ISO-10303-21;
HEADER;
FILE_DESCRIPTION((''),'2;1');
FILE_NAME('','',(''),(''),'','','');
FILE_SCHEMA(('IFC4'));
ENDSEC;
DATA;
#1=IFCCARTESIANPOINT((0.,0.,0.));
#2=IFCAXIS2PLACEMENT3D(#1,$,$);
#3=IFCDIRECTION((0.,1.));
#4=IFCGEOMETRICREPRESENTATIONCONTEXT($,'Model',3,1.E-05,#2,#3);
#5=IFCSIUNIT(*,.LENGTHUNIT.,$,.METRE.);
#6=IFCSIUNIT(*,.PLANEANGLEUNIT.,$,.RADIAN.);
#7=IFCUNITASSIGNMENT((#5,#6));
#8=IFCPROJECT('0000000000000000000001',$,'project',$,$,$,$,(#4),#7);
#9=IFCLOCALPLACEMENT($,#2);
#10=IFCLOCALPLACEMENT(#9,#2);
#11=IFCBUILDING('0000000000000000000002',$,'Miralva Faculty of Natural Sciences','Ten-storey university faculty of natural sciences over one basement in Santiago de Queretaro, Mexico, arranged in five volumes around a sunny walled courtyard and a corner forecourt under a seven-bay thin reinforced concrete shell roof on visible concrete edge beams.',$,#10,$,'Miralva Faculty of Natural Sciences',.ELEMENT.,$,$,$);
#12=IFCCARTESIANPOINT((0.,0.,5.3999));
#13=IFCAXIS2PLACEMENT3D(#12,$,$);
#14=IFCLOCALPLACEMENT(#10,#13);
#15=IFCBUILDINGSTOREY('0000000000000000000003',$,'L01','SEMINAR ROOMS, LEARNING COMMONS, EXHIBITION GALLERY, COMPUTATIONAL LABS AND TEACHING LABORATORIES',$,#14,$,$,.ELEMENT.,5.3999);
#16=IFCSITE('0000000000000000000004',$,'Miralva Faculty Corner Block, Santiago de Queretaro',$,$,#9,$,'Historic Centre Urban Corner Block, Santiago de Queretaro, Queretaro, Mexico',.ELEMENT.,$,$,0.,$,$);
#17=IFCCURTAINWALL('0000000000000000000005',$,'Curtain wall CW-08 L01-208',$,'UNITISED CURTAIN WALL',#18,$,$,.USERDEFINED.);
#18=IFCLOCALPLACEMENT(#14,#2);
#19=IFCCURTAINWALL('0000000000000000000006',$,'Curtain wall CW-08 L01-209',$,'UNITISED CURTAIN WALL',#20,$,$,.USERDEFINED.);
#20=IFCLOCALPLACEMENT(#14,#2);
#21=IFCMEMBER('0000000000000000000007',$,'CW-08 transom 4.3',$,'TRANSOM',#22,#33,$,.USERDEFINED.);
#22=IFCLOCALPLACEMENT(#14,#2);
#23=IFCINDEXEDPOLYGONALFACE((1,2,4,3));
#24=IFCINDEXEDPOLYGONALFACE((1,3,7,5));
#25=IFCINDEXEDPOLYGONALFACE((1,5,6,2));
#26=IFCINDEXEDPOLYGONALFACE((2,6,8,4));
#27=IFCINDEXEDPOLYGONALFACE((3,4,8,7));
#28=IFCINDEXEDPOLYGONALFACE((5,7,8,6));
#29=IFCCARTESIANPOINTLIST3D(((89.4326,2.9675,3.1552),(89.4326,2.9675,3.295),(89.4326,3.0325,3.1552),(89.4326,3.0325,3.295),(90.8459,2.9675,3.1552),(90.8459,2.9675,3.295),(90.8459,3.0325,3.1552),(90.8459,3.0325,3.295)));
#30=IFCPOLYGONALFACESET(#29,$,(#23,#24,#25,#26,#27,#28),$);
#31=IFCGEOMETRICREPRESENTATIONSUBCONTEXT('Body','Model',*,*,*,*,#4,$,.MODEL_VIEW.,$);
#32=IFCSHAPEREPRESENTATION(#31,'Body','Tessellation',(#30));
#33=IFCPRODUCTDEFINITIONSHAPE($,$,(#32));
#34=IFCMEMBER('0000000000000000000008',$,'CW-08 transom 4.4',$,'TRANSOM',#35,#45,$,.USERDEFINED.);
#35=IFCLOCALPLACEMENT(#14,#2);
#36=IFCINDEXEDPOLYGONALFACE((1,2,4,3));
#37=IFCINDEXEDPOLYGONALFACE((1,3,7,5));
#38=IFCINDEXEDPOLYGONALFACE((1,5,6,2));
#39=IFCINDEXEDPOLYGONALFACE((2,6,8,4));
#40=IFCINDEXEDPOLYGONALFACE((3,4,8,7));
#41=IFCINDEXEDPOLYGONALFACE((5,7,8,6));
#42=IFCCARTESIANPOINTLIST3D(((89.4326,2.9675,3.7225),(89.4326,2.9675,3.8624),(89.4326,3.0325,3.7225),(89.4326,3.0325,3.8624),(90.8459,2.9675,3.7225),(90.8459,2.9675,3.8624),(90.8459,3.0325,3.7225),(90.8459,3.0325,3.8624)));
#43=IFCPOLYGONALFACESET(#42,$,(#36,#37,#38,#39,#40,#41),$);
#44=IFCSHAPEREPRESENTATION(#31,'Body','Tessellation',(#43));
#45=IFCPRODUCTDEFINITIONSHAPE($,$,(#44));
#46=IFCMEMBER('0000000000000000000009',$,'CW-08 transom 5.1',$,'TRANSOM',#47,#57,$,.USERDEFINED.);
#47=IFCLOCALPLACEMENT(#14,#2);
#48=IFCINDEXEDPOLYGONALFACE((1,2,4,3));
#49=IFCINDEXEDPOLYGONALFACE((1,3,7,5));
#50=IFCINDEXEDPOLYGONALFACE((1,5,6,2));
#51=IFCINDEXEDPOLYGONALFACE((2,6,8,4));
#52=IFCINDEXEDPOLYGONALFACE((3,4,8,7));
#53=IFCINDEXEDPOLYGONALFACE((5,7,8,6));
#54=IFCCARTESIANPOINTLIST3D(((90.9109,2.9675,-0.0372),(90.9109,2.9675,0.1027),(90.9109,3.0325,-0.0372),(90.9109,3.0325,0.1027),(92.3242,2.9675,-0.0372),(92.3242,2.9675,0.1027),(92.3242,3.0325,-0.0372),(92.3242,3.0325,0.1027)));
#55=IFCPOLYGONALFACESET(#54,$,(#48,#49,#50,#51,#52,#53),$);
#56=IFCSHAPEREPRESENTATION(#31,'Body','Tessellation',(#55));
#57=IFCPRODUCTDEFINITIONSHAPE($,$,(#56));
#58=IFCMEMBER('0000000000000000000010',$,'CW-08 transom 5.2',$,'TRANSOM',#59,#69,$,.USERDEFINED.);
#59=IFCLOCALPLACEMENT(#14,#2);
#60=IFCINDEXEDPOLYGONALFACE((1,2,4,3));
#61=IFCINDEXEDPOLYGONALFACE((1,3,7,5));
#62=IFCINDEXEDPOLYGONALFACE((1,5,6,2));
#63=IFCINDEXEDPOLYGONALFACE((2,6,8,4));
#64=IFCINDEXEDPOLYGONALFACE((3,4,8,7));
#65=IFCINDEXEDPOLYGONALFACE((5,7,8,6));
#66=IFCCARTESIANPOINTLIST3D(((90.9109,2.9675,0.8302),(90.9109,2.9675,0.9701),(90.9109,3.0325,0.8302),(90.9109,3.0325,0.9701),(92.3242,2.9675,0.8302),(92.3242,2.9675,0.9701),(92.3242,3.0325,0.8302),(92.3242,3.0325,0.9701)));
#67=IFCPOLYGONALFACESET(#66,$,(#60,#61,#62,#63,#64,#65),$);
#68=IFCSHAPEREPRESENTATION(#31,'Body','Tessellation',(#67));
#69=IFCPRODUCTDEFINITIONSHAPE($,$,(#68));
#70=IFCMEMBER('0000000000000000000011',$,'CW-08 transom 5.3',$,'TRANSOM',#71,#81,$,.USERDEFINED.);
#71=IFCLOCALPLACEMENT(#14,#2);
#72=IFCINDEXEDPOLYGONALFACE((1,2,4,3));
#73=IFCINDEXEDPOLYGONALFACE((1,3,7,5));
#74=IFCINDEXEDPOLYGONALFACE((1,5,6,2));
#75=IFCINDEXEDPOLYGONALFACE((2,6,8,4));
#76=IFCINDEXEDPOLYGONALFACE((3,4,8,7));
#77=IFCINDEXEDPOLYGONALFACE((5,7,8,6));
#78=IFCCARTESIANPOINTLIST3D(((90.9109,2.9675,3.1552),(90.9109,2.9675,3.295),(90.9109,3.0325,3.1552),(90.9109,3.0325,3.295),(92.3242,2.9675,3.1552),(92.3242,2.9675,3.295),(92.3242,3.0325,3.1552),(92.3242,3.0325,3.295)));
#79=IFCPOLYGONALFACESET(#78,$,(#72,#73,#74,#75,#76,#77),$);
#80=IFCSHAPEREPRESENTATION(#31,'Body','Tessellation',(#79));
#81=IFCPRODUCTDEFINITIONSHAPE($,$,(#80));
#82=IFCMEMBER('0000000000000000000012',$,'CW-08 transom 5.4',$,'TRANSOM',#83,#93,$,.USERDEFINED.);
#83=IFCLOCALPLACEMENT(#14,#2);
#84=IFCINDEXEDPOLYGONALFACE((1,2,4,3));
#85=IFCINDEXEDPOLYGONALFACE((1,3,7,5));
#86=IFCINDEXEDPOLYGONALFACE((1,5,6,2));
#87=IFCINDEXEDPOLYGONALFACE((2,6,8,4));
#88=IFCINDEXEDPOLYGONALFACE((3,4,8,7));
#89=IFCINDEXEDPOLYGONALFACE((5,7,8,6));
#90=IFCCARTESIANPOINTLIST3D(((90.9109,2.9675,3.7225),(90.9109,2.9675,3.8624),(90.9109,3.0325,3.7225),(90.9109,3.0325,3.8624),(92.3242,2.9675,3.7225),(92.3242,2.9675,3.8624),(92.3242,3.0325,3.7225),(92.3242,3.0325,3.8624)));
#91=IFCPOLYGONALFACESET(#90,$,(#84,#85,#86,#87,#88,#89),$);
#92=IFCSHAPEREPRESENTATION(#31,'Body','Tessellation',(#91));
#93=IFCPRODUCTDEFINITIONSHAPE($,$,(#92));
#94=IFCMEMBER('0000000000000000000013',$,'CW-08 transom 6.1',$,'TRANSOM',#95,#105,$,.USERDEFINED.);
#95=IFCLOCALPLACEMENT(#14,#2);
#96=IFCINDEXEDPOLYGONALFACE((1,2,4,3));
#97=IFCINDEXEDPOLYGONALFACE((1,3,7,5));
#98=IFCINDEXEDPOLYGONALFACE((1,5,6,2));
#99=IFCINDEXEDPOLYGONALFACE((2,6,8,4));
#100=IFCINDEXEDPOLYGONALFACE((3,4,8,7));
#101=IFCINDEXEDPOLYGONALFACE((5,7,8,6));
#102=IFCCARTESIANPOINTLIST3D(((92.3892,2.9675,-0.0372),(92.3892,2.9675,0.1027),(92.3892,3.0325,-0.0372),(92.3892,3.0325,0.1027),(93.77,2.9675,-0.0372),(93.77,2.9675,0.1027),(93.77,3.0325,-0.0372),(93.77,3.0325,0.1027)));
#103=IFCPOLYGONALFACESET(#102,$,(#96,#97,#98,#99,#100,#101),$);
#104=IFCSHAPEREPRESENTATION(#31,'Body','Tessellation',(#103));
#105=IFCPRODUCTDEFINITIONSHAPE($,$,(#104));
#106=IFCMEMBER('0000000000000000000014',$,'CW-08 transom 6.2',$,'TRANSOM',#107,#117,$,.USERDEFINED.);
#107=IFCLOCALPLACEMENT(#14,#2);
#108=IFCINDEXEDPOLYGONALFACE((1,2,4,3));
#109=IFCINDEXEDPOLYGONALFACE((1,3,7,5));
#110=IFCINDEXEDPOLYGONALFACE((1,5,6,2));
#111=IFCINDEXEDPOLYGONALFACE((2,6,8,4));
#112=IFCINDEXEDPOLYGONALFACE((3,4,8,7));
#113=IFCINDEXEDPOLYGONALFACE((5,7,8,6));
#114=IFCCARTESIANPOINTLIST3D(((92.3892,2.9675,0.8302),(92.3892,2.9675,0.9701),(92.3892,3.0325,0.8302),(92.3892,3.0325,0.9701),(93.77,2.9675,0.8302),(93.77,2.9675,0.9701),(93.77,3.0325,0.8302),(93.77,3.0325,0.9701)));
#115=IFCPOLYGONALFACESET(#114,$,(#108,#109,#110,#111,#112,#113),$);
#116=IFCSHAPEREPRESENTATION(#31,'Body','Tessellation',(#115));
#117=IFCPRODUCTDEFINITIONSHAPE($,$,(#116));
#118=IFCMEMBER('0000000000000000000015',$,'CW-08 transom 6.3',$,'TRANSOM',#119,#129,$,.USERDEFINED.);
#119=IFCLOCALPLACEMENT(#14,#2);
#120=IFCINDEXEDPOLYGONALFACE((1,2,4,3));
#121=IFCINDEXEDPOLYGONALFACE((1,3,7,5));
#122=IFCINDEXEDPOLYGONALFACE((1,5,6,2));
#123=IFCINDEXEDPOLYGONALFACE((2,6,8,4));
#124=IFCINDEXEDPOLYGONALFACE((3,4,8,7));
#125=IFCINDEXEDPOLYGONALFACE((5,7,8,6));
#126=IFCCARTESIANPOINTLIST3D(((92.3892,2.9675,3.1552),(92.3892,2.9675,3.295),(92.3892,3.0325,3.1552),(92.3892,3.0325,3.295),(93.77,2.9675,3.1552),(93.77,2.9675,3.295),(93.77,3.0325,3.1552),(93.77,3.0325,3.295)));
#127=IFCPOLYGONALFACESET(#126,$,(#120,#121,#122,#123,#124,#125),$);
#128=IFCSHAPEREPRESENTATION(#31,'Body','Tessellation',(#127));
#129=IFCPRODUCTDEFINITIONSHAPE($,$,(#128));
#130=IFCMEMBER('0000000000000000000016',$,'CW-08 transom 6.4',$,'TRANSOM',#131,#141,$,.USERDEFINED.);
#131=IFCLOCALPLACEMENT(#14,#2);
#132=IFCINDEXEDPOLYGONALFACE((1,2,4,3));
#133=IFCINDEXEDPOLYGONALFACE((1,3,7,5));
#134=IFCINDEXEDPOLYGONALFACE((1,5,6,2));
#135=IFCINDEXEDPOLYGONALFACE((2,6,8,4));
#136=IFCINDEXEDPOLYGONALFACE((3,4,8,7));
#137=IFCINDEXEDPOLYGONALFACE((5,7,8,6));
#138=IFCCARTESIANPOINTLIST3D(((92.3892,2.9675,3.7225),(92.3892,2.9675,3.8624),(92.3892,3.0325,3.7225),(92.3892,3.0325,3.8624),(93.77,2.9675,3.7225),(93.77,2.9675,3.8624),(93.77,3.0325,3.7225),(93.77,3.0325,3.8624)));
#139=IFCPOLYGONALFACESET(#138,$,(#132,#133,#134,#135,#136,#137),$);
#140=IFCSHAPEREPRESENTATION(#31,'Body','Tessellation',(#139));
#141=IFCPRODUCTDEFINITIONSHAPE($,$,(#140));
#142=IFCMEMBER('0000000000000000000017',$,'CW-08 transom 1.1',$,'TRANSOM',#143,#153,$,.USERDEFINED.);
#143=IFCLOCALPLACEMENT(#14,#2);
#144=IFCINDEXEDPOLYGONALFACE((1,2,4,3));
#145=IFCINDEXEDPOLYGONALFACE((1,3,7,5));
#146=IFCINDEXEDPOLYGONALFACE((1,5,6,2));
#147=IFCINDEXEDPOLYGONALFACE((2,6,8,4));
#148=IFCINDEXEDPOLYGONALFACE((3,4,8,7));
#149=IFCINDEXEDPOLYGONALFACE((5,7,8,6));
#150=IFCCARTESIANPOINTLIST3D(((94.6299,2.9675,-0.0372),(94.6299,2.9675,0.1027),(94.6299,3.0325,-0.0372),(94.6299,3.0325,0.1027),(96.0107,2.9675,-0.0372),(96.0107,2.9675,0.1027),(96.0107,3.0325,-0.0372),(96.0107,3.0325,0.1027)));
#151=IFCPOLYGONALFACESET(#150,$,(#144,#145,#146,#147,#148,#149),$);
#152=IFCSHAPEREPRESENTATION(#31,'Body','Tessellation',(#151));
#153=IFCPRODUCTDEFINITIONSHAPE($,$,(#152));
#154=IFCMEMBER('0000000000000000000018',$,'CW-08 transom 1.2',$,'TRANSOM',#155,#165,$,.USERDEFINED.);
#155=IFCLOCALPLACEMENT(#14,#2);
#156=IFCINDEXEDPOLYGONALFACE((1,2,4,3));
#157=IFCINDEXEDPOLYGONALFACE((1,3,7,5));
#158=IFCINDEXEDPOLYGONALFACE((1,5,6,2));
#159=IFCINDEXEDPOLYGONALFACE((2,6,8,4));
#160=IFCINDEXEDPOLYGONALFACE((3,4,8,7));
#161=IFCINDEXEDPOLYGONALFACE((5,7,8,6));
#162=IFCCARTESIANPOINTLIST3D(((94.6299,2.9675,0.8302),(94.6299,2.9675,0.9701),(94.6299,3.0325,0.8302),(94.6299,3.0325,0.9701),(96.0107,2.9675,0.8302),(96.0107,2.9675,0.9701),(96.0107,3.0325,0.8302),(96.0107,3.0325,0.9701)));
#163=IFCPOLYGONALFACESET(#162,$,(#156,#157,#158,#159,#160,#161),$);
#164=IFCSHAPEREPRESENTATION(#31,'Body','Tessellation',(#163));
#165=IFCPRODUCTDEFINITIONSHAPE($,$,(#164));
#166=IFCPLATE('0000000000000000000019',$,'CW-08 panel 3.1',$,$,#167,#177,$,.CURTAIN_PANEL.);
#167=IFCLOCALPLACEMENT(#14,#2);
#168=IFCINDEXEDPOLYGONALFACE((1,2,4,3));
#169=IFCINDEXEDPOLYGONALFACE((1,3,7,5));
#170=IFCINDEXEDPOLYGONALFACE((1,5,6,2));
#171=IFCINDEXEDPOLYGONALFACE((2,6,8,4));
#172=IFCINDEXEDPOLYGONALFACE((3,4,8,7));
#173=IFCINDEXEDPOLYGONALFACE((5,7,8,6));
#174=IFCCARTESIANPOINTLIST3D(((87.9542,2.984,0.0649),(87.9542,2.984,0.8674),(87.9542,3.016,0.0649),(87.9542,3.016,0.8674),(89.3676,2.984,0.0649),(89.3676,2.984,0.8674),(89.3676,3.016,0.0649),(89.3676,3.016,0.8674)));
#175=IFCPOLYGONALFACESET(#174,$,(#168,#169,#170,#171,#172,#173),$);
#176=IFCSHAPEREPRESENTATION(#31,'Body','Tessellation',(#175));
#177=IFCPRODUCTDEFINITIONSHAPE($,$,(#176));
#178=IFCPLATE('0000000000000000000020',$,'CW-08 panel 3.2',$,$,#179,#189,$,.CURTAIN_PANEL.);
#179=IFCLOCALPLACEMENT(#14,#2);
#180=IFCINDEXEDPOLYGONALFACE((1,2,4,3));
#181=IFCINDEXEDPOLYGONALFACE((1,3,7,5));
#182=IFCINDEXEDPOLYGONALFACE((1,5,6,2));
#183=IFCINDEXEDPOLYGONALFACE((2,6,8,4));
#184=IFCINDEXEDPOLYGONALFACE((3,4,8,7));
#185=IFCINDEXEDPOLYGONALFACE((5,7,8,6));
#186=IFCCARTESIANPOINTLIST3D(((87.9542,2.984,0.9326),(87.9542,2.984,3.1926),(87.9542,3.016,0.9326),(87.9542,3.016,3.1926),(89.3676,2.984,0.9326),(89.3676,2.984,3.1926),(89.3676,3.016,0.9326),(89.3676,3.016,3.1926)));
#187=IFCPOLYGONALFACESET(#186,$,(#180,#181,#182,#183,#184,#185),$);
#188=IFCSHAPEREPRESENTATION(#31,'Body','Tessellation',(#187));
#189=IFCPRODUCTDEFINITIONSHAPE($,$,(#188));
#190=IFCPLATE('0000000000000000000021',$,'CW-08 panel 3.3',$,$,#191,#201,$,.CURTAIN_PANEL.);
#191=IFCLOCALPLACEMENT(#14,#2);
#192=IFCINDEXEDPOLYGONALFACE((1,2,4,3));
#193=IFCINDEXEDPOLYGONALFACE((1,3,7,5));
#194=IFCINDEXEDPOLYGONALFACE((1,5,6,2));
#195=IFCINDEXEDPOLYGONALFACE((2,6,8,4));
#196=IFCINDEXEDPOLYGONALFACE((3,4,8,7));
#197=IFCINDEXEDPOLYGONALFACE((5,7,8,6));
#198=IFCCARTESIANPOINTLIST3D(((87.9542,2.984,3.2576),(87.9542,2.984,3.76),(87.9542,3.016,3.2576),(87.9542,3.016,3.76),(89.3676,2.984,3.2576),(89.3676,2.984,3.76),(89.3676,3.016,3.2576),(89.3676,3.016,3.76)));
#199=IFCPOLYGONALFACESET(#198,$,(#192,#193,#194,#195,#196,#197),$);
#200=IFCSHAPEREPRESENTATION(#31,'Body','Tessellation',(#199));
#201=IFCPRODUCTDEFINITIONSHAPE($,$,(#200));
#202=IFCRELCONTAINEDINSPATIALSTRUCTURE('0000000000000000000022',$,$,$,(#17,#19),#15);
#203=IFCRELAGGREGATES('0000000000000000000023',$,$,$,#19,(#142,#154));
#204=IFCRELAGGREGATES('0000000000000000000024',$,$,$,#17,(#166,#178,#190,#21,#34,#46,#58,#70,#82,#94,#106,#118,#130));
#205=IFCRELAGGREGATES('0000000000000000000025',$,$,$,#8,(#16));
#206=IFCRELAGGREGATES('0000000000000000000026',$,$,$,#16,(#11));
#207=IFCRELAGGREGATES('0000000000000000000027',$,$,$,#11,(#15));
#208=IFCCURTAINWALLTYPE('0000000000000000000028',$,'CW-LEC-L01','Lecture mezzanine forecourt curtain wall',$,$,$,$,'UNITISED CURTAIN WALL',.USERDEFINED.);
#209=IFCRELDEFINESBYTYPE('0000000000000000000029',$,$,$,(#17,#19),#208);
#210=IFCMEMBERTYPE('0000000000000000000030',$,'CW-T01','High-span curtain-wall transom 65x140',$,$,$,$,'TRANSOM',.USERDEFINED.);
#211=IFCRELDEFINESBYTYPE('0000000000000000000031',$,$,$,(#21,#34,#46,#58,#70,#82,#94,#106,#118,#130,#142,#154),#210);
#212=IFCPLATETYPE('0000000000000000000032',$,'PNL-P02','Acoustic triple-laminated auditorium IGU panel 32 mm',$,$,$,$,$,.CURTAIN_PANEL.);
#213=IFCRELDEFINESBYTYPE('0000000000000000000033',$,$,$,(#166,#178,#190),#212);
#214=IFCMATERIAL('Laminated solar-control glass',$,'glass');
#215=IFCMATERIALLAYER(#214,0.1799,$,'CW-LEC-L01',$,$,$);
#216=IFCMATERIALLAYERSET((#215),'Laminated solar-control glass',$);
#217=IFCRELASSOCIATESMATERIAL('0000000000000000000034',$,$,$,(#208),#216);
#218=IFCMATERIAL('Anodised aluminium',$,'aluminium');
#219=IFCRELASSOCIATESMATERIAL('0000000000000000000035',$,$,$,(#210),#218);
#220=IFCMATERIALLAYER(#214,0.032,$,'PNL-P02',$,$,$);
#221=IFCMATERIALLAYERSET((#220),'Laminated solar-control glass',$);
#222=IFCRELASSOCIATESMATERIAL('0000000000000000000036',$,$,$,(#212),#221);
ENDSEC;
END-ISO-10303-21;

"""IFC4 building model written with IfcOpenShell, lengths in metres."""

from ifc_helpers import new_model, si_unit, direction, frame, origin, origin_2d, place, context, subcontext, project, spatial, rectangle, extrude, material, layer, layer_set, material_profile, profile_set, type_object, element, aggregate, save


model = new_model("IFC4")

# Units and contexts
model_context = context("Model", 3, precision=1e-05, world=origin(), true_north=direction((0.0, 1.0)))
body_context = subcontext(model_context, "Body", "Model", "MODEL_VIEW")
ifc_project = project(units=[si_unit("LENGTHUNIT", "METRE"), si_unit("PLANEANGLEUNIT", "RADIAN")], contexts=[model_context])

# Site, building, storey
site_placement = place(None, origin())
site = spatial("IfcSite", under=ifc_project, at=site_placement, Name="Miralva Faculty Corner Block, Santiago de Queretaro", LongName="Historic Centre Urban Corner Block, Santiago de Queretaro, Queretaro, Mexico", CompositionType="ELEMENT", RefElevation=0.0)
building_placement = place(site_placement, origin())
building = spatial("IfcBuilding", under=site, at=building_placement, Name="Miralva Faculty of Natural Sciences", Description="Ten-storey university faculty of natural sciences over one basement in Santiago de Queretaro, Mexico, arranged in five volumes around a sunny walled courtyard and a corner forecourt under a seven-bay thin reinforced concrete shell roof on visible concrete edge beams.", LongName="Miralva Faculty of Natural Sciences", CompositionType="ELEMENT")
storey_placement = place(building_placement, frame((0.0, 0.0, 5.3999)))
storey = spatial("IfcBuildingStorey", under=building, at=storey_placement, Name="L01", Description="SEMINAR ROOMS, LEARNING COMMONS, EXHIBITION GALLERY, COMPUTATIONAL LABS AND TEACHING LABORATORIES", CompositionType="ELEMENT", Elevation=5.3999)

# Curtain wall
ifc_material_1 = material(Name="Laminated solar-control glass", Category="glass")
ifc_layer_1 = layer(ifc_material_1, 0.1799, Name="CW-LEC-L01")
ifc_layer_set_1 = layer_set([ifc_layer_1], Name="Laminated solar-control glass")
curtain_wall_type = type_object("IfcCurtainWallType", Name="CW-LEC-L01", Description="Lecture mezzanine forecourt curtain wall", ElementType="UNITISED CURTAIN WALL", PredefinedType="USERDEFINED", material=ifc_layer_set_1)
curtain_wall_1_placement = place(storey_placement, origin())
curtain_wall_1 = element("IfcCurtainWall", 1, at=curtain_wall_1_placement, inside=storey, type_object=curtain_wall_type, Name="Curtain wall CW-08 L01-208", ObjectType="UNITISED CURTAIN WALL", PredefinedType="USERDEFINED")
ifc_material_2 = material(Name="Anodised aluminium", Category="aluminium")

# Curtain wall
curtain_wall_2_placement = place(storey_placement, origin())
curtain_wall_2 = element("IfcCurtainWall", 2, at=curtain_wall_2_placement, inside=storey, type_object=curtain_wall_type, Name="Curtain wall CW-08 L01-209", ObjectType="UNITISED CURTAIN WALL", PredefinedType="USERDEFINED")

# Members
ifc_material_profile_1 = material_profile(ifc_material_2, rectangle(XDim=0.0649, YDim=0.1399, at=origin_2d()), Name="TRANSOM 65x140")
ifc_profile_set_1 = profile_set([ifc_material_profile_1], Name="Anodised aluminium")
member_type_1 = type_object("IfcMemberType", Name="CW-T01", Description="High-span curtain-wall transom 65x140", ElementType="TRANSOM", PredefinedType="USERDEFINED", material=ifc_profile_set_1)
member_1_placement = place(storey_placement, frame((89.4326, 3.0, 3.2251), z_axis=(1.0, 0.0, 0.0), x_axis=(0.0, 1.0, 0.0)))
member_1 = element("IfcMember", 3, at=member_1_placement, type_object=member_type_1, Name="CW-08 transom 4.3", ObjectType="TRANSOM", PredefinedType="USERDEFINED", context=body_context, shape_type="SweptSolid", body=[
    extrude(rectangle(XDim=0.0649, YDim=0.1399, at=origin_2d()), origin(), (0.0, 0.0, 1.0), 1.4133),
])
member_2_placement = place(storey_placement, frame((89.4326, 3.0, 3.7925), z_axis=(1.0, 0.0, 0.0), x_axis=(0.0, 1.0, 0.0)))
member_2 = element("IfcMember", 4, at=member_2_placement, type_object=member_type_1, Name="CW-08 transom 4.4", ObjectType="TRANSOM", PredefinedType="USERDEFINED", context=body_context, shape_type="SweptSolid", body=[
    extrude(rectangle(XDim=0.0649, YDim=0.1399, at=origin_2d()), origin(), (0.0, 0.0, 1.0), 1.4133),
])
member_3_placement = place(storey_placement, frame((90.9109, 3.0, 0.0327), z_axis=(1.0, 0.0, 0.0), x_axis=(0.0, 1.0, 0.0)))
member_3 = element("IfcMember", 5, at=member_3_placement, type_object=member_type_1, Name="CW-08 transom 5.1", ObjectType="TRANSOM", PredefinedType="USERDEFINED", context=body_context, shape_type="SweptSolid", body=[
    extrude(rectangle(XDim=0.0649, YDim=0.1399, at=origin_2d()), origin(), (0.0, 0.0, 1.0), 1.4133),
])
member_4_placement = place(storey_placement, frame((90.9109, 3.0, 0.9001), z_axis=(1.0, 0.0, 0.0), x_axis=(0.0, 1.0, 0.0)))
member_4 = element("IfcMember", 6, at=member_4_placement, type_object=member_type_1, Name="CW-08 transom 5.2", ObjectType="TRANSOM", PredefinedType="USERDEFINED", context=body_context, shape_type="SweptSolid", body=[
    extrude(rectangle(XDim=0.0649, YDim=0.1399, at=origin_2d()), origin(), (0.0, 0.0, 1.0), 1.4133),
])
member_5_placement = place(storey_placement, frame((90.9109, 3.0, 3.2251), z_axis=(1.0, 0.0, 0.0), x_axis=(0.0, 1.0, 0.0)))
member_5 = element("IfcMember", 7, at=member_5_placement, type_object=member_type_1, Name="CW-08 transom 5.3", ObjectType="TRANSOM", PredefinedType="USERDEFINED", context=body_context, shape_type="SweptSolid", body=[
    extrude(rectangle(XDim=0.0649, YDim=0.1399, at=origin_2d()), origin(), (0.0, 0.0, 1.0), 1.4133),
])
member_6_placement = place(storey_placement, frame((90.9109, 3.0, 3.7925), z_axis=(1.0, 0.0, 0.0), x_axis=(0.0, 1.0, 0.0)))
member_6 = element("IfcMember", 8, at=member_6_placement, type_object=member_type_1, Name="CW-08 transom 5.4", ObjectType="TRANSOM", PredefinedType="USERDEFINED", context=body_context, shape_type="SweptSolid", body=[
    extrude(rectangle(XDim=0.0649, YDim=0.1399, at=origin_2d()), origin(), (0.0, 0.0, 1.0), 1.4133),
])
member_7_placement = place(storey_placement, frame((92.3892, 3.0, 0.0327), z_axis=(1.0, 0.0, 0.0), x_axis=(0.0, 1.0, 0.0)))
member_7 = element("IfcMember", 9, at=member_7_placement, type_object=member_type_1, Name="CW-08 transom 6.1", ObjectType="TRANSOM", PredefinedType="USERDEFINED", context=body_context, shape_type="SweptSolid", body=[
    extrude(rectangle(XDim=0.0649, YDim=0.1399, at=origin_2d()), origin(), (0.0, 0.0, 1.0), 1.3809),
])
member_8_placement = place(storey_placement, frame((92.3892, 3.0, 0.9001), z_axis=(1.0, 0.0, 0.0), x_axis=(0.0, 1.0, 0.0)))
member_8 = element("IfcMember", 10, at=member_8_placement, type_object=member_type_1, Name="CW-08 transom 6.2", ObjectType="TRANSOM", PredefinedType="USERDEFINED", context=body_context, shape_type="SweptSolid", body=[
    extrude(rectangle(XDim=0.0649, YDim=0.1399, at=origin_2d()), origin(), (0.0, 0.0, 1.0), 1.3809),
])
member_9_placement = place(storey_placement, frame((92.3892, 3.0, 3.2251), z_axis=(1.0, 0.0, 0.0), x_axis=(0.0, 1.0, 0.0)))
member_9 = element("IfcMember", 11, at=member_9_placement, type_object=member_type_1, Name="CW-08 transom 6.3", ObjectType="TRANSOM", PredefinedType="USERDEFINED", context=body_context, shape_type="SweptSolid", body=[
    extrude(rectangle(XDim=0.0649, YDim=0.1399, at=origin_2d()), origin(), (0.0, 0.0, 1.0), 1.3809),
])
member_10_placement = place(storey_placement, frame((92.3892, 3.0, 3.7925), z_axis=(1.0, 0.0, 0.0), x_axis=(0.0, 1.0, 0.0)))
member_10 = element("IfcMember", 12, at=member_10_placement, type_object=member_type_1, Name="CW-08 transom 6.4", ObjectType="TRANSOM", PredefinedType="USERDEFINED", context=body_context, shape_type="SweptSolid", body=[
    extrude(rectangle(XDim=0.0649, YDim=0.1399, at=origin_2d()), origin(), (0.0, 0.0, 1.0), 1.3809),
])
member_11_placement = place(storey_placement, frame((94.6299, 3.0, 0.0327), z_axis=(1.0, 0.0, 0.0), x_axis=(0.0, 1.0, 0.0)))
member_11 = element("IfcMember", 13, at=member_11_placement, type_object=member_type_1, Name="CW-08 transom 1.1", ObjectType="TRANSOM", PredefinedType="USERDEFINED", context=body_context, shape_type="SweptSolid", body=[
    extrude(rectangle(XDim=0.0649, YDim=0.1399, at=origin_2d()), origin(), (0.0, 0.0, 1.0), 1.3809),
])
member_12_placement = place(storey_placement, frame((94.6299, 3.0, 0.9001), z_axis=(1.0, 0.0, 0.0), x_axis=(0.0, 1.0, 0.0)))
member_12 = element("IfcMember", 14, at=member_12_placement, type_object=member_type_1, Name="CW-08 transom 1.2", ObjectType="TRANSOM", PredefinedType="USERDEFINED", context=body_context, shape_type="SweptSolid", body=[
    extrude(rectangle(XDim=0.0649, YDim=0.1399, at=origin_2d()), origin(), (0.0, 0.0, 1.0), 1.3809),
])
aggregate(curtain_wall_2, [member_11, member_12])

# Plates
ifc_layer_2 = layer(ifc_material_1, 0.032, Name="PNL-P02")
ifc_layer_set_2 = layer_set([ifc_layer_2], Name="Laminated solar-control glass")
plate_type = type_object("IfcPlateType", Name="PNL-P02", Description="Acoustic triple-laminated auditorium IGU panel 32 mm", PredefinedType="CURTAIN_PANEL", material=ifc_layer_set_2)
plate_1_placement = place(storey_placement, frame((88.6609, 3.0, 0.0649), z_axis=(0.0, 0.0, 1.0), x_axis=(1.0, 0.0, 0.0)))
plate_1 = element("IfcPlate", 15, at=plate_1_placement, type_object=plate_type, Name="CW-08 panel 3.1", PredefinedType="CURTAIN_PANEL", context=body_context, shape_type="SweptSolid", body=[
    extrude(rectangle(XDim=1.4133, YDim=0.032, at=origin_2d()), origin(), (0.0, 0.0, 1.0), 0.8025),
])
plate_2_placement = place(storey_placement, frame((88.6609, 3.0, 0.9326), z_axis=(0.0, 0.0, 1.0), x_axis=(1.0, 0.0, 0.0)))
plate_2 = element("IfcPlate", 16, at=plate_2_placement, type_object=plate_type, Name="CW-08 panel 3.2", PredefinedType="CURTAIN_PANEL", context=body_context, shape_type="SweptSolid", body=[
    extrude(rectangle(XDim=1.4133, YDim=0.032, at=origin_2d()), origin(), (0.0, 0.0, 1.0), 2.26),
])
plate_3_placement = place(storey_placement, frame((88.6609, 3.0, 3.2576), z_axis=(0.0, 0.0, 1.0), x_axis=(1.0, 0.0, 0.0)))
plate_3 = element("IfcPlate", 17, at=plate_3_placement, type_object=plate_type, Name="CW-08 panel 3.3", PredefinedType="CURTAIN_PANEL", context=body_context, shape_type="SweptSolid", body=[
    extrude(rectangle(XDim=1.4133, YDim=0.032, at=origin_2d()), origin(), (0.0, 0.0, 1.0), 0.5024),
])
aggregate(curtain_wall_1, [plate_1, plate_2, plate_3, member_1, member_2, member_3, member_4, member_5, member_6, member_7, member_8, member_9, member_10])

save(model, "model.ifc")
